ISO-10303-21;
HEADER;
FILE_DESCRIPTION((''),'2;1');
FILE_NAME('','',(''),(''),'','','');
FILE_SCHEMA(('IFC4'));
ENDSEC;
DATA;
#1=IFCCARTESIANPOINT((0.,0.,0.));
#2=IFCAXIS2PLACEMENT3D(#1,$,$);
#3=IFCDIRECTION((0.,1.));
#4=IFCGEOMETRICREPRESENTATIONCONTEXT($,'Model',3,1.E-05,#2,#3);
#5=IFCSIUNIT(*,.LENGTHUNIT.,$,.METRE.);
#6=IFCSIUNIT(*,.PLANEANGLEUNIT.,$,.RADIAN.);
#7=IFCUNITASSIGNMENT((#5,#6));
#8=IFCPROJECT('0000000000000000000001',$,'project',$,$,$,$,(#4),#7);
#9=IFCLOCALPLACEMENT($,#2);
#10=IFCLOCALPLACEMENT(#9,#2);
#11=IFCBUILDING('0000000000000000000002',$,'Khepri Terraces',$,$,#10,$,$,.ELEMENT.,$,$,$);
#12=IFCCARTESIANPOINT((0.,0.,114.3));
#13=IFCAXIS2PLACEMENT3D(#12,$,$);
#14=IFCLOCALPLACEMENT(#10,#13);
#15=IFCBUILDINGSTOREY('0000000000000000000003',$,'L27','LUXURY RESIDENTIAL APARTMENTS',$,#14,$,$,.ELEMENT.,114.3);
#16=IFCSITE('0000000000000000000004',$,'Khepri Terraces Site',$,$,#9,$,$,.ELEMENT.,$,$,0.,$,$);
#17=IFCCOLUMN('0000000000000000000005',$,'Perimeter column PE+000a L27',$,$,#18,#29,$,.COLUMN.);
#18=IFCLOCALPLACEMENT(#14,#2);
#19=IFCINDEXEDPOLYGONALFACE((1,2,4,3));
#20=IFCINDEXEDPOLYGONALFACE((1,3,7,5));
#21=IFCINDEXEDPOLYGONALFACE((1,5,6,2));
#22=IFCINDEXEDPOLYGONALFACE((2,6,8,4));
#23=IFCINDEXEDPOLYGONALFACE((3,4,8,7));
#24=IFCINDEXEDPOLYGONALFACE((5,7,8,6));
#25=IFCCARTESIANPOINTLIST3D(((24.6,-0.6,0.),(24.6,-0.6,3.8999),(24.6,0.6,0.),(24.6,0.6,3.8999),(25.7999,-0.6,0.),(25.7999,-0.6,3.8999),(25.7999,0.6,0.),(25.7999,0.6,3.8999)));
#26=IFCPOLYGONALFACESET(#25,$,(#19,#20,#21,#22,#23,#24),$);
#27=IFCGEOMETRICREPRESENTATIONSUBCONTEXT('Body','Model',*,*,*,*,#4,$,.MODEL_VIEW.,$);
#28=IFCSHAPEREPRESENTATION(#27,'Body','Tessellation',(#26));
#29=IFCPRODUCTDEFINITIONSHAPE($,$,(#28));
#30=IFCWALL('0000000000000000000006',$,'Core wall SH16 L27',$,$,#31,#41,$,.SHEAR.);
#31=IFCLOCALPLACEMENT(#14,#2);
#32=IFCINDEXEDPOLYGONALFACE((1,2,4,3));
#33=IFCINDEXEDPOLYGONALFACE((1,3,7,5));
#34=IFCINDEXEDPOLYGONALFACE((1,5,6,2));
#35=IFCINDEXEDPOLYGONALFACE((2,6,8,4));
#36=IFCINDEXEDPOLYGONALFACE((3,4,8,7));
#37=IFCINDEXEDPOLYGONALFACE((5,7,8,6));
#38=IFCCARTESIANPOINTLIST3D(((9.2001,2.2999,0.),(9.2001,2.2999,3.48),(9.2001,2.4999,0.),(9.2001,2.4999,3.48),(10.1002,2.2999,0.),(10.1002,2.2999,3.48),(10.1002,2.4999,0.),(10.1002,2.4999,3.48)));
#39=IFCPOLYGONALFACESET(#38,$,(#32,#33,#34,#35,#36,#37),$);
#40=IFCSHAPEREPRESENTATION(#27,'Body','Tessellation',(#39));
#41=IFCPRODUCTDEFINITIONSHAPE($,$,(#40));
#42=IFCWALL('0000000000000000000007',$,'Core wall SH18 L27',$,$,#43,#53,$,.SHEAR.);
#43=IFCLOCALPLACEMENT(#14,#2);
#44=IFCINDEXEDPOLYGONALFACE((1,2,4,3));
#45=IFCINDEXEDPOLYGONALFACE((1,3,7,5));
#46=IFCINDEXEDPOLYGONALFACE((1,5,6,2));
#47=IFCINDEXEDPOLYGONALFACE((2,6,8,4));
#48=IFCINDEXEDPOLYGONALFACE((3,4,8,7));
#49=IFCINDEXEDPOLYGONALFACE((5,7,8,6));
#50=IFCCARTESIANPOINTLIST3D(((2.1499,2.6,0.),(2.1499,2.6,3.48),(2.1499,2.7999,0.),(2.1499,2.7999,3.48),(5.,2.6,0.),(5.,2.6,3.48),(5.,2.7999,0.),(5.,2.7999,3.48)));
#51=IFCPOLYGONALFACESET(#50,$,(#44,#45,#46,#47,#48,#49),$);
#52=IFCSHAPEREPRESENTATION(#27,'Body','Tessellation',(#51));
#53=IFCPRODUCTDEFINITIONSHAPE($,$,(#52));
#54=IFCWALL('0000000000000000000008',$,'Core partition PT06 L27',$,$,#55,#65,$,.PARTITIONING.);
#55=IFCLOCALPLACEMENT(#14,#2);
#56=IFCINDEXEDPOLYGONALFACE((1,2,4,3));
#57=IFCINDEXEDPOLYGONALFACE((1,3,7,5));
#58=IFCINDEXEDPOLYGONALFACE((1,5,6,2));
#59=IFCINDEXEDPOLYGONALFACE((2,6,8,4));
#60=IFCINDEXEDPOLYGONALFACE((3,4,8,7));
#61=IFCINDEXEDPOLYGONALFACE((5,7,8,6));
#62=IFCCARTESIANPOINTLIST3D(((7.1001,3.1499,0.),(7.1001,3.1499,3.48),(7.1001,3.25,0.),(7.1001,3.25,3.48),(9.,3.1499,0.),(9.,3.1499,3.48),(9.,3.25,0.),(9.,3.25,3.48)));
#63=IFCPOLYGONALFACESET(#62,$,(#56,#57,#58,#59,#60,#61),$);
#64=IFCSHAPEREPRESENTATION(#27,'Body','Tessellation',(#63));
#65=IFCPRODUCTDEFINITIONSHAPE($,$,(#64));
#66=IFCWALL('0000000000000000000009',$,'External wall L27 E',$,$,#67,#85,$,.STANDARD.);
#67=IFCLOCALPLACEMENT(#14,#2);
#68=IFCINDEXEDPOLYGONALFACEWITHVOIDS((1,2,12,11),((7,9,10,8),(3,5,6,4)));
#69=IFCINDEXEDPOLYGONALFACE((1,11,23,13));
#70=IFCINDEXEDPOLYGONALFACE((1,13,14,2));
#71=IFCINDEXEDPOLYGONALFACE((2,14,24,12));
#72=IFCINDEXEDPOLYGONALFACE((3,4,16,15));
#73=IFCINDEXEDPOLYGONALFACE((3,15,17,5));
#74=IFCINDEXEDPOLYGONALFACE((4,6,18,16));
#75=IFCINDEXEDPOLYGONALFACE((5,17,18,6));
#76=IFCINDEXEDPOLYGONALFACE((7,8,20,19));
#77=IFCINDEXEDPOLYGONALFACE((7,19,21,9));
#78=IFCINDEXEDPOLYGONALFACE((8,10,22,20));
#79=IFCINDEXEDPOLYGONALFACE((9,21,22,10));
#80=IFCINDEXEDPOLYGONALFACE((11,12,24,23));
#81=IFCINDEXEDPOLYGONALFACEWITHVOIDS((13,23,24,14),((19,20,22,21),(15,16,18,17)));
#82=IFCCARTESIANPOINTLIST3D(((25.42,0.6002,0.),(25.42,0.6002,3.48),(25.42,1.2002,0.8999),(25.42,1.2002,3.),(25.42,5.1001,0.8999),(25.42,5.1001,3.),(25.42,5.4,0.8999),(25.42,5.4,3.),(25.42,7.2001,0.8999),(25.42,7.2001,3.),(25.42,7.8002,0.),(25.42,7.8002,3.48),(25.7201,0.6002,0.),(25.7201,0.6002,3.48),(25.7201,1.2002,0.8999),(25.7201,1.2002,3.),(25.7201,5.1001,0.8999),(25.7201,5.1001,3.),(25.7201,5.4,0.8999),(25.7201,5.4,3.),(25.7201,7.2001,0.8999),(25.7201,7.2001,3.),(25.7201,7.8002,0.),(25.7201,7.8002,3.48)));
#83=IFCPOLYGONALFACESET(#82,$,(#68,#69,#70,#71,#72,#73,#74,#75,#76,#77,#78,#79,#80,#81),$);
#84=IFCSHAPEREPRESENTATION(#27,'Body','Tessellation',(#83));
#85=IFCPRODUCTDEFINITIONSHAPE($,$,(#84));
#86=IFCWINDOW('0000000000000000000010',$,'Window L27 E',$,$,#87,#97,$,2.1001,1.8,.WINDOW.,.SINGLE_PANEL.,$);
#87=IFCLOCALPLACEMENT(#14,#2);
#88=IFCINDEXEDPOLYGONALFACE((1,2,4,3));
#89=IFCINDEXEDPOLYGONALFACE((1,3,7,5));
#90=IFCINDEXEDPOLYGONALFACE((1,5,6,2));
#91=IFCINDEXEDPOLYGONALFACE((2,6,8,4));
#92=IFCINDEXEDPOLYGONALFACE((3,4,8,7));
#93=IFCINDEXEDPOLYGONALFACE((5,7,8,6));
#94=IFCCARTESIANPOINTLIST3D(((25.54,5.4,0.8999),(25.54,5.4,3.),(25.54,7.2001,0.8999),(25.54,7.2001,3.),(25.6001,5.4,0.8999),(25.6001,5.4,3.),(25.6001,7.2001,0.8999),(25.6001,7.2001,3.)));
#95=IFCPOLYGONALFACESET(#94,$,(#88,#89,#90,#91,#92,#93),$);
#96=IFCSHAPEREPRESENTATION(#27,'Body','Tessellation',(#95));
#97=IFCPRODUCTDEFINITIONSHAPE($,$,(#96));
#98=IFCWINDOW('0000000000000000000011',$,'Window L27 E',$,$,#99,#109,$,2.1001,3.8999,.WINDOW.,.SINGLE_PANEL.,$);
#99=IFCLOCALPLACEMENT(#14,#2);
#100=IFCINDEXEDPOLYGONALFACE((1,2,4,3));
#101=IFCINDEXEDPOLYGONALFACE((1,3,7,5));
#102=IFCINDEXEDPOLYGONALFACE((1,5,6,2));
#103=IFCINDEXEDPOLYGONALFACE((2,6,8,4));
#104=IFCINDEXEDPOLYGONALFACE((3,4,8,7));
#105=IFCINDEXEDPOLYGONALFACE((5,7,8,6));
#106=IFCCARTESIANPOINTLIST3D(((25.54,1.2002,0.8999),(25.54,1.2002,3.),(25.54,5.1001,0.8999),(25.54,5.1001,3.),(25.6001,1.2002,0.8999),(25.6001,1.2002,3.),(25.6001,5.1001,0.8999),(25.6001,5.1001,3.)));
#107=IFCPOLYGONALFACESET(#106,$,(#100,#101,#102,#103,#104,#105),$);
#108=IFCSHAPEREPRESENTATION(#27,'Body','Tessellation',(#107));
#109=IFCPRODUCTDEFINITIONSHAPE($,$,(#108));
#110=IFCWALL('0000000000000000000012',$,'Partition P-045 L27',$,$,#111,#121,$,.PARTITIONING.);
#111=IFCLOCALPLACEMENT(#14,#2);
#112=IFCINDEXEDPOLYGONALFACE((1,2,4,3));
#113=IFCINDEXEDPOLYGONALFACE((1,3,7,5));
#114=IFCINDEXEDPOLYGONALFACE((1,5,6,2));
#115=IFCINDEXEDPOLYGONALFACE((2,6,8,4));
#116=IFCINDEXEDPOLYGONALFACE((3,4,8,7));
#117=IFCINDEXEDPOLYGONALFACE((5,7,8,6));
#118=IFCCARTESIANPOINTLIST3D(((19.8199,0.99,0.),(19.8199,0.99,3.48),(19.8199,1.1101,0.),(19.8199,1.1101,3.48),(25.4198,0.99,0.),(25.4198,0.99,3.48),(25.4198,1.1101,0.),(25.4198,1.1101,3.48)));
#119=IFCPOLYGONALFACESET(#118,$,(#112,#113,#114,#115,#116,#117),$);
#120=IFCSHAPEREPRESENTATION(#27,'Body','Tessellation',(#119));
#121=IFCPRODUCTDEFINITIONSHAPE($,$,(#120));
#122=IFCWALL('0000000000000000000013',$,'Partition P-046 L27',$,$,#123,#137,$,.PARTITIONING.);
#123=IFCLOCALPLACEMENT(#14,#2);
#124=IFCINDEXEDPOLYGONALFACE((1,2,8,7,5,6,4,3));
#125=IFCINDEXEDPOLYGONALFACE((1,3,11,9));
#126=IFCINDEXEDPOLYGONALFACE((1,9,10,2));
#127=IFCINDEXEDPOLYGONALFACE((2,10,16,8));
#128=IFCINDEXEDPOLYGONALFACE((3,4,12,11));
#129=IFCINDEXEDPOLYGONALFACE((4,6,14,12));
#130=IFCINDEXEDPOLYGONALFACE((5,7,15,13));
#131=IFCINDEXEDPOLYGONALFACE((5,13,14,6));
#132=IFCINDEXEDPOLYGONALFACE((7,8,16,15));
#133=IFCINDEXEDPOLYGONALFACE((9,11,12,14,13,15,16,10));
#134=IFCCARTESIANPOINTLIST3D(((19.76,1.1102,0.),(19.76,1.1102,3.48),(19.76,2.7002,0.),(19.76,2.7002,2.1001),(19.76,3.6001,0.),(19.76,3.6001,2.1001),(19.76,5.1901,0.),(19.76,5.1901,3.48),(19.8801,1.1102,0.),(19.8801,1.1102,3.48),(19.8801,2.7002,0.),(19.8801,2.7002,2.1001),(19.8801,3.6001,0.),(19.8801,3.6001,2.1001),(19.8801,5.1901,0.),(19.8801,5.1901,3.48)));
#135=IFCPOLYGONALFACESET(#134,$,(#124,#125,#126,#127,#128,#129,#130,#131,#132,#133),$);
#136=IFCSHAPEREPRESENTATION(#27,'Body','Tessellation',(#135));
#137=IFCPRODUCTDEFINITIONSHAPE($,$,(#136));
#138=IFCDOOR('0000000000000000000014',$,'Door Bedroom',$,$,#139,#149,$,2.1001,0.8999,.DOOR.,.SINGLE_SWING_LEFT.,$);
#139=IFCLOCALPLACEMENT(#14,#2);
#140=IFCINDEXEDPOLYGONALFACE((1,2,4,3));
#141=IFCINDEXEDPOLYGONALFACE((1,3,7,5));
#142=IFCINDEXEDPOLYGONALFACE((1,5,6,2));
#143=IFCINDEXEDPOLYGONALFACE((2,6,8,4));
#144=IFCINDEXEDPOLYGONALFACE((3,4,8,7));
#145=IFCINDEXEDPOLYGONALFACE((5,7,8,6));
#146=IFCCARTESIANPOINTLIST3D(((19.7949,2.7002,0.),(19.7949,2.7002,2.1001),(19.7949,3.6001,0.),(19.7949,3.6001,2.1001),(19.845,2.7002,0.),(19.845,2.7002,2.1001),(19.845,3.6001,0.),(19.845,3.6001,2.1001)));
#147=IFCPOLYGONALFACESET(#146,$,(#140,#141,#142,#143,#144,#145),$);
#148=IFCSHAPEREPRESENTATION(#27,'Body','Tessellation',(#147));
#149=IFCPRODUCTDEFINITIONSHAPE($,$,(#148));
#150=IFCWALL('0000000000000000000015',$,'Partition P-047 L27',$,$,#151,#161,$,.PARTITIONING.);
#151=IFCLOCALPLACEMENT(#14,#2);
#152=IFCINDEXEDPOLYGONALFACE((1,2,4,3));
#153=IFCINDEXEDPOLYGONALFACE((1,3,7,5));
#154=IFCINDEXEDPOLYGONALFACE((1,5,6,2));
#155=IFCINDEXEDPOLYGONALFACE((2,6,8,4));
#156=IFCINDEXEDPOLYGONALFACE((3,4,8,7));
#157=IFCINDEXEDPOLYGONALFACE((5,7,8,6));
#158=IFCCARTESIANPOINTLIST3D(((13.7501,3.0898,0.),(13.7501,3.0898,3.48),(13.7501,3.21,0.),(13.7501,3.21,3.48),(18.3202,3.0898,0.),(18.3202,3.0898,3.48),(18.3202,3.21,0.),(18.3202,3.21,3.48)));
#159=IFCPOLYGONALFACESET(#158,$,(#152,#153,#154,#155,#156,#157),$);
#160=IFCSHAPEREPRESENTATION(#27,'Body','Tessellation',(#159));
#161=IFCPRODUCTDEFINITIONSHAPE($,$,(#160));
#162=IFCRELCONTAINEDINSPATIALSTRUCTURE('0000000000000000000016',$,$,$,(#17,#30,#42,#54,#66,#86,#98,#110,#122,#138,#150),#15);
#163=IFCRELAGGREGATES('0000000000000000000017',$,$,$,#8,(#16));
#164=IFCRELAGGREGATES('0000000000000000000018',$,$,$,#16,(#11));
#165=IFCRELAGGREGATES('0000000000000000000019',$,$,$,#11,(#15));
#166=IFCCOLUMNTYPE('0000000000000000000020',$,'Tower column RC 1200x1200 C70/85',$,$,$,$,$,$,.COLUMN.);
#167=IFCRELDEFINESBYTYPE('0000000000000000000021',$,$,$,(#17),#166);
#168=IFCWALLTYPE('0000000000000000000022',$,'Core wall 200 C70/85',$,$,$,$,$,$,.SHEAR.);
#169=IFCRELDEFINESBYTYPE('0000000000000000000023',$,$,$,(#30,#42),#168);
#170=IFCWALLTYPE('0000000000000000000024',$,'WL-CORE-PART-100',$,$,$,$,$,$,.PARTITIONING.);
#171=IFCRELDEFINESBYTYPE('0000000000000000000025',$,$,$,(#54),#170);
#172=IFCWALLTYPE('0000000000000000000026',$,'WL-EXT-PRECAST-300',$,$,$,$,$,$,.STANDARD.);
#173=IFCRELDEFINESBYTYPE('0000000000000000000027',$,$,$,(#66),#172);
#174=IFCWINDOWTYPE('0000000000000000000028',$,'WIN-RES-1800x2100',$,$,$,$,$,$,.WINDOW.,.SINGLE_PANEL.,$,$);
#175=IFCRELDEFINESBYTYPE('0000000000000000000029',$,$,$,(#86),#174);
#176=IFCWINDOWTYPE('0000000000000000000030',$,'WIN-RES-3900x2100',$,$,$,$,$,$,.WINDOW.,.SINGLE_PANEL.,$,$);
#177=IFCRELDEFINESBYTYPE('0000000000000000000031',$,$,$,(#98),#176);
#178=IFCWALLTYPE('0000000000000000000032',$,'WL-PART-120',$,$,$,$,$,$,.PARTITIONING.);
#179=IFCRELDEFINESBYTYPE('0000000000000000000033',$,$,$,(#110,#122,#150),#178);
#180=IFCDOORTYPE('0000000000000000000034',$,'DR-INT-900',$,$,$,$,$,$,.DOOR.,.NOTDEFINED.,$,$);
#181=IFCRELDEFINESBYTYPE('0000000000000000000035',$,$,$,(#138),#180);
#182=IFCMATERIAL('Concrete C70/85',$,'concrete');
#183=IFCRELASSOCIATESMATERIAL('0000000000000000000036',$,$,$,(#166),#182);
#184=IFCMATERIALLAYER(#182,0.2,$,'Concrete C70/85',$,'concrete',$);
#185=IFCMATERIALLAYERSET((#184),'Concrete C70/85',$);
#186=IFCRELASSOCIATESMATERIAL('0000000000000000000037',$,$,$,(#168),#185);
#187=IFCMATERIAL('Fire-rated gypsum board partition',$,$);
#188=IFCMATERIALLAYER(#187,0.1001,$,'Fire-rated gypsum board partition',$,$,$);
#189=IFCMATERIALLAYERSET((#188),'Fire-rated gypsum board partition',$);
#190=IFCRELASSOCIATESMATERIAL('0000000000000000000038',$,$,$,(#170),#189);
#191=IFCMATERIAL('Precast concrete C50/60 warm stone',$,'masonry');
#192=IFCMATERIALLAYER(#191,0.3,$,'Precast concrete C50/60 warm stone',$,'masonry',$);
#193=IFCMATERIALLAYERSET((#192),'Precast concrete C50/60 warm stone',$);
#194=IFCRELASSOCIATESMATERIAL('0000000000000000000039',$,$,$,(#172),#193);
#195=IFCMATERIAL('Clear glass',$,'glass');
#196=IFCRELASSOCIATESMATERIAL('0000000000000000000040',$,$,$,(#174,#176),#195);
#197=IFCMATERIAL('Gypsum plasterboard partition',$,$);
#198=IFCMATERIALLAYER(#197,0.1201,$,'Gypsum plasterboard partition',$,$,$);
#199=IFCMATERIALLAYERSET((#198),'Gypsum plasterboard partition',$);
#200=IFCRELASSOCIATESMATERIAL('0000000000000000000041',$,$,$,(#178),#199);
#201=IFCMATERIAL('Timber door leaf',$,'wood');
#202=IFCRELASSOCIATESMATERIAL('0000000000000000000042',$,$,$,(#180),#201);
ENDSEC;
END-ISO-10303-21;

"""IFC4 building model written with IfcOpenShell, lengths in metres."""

from ifc_helpers import new_model, si_unit, direction, frame, frame_2d, origin, origin_2d, place, context, subcontext, project, spatial, rectangle, extrude, material, layer, layer_set, material_profile, profile_set, type_object, element, fill, save


model = new_model("IFC4")

# Units and contexts
model_context = context("Model", 3, precision=1e-05, world=origin(), true_north=direction((0.0, 1.0)))
body_context = subcontext(model_context, "Body", "Model", "MODEL_VIEW")
ifc_project = project(units=[si_unit("LENGTHUNIT", "METRE"), si_unit("PLANEANGLEUNIT", "RADIAN")], contexts=[model_context])

# Site, building, storey
site_placement = place(None, origin())
site = spatial("IfcSite", under=ifc_project, at=site_placement, Name="Khepri Terraces Site", CompositionType="ELEMENT", RefElevation=0.0)
building_placement = place(site_placement, origin())
building = spatial("IfcBuilding", under=site, at=building_placement, Name="Khepri Terraces", CompositionType="ELEMENT")
storey_placement = place(building_placement, frame((0.0, 0.0, 114.3)))
storey = spatial("IfcBuildingStorey", under=building, at=storey_placement, Name="L27", Description="LUXURY RESIDENTIAL APARTMENTS", CompositionType="ELEMENT", Elevation=114.3)

# Column
ifc_material_1 = material(Name="Concrete C70/85", Category="concrete")
ifc_material_profile = material_profile(ifc_material_1, rectangle(XDim=1.2, YDim=1.2, at=origin_2d()), Name="Concrete C70/85", Category="concrete")
ifc_profile_set = profile_set([ifc_material_profile], Name="Concrete C70/85")
column_type = type_object("IfcColumnType", Name="Tower column RC 1200x1200 C70/85", PredefinedType="COLUMN", material=ifc_profile_set)
column_placement = place(storey_placement, frame((25.2, 0.0, 0.0), z_axis=(0.0, 0.0, 1.0), x_axis=(1.0, 0.0, 0.0)))
element("IfcColumn", 1, at=column_placement, inside=storey, type_object=column_type, Name="Perimeter column PE+000a L27", PredefinedType="COLUMN", context=body_context, shape_type="SweptSolid", body=[
    extrude(rectangle(XDim=1.2, YDim=1.2, at=origin_2d()), origin(), (0.0, 0.0, 1.0), 3.8999),
])

# Walls
ifc_layer_1 = layer(ifc_material_1, 0.2, Name="Concrete C70/85", Category="concrete")
ifc_layer_set_1 = layer_set([ifc_layer_1], Name="Concrete C70/85")
wall_type_1 = type_object("IfcWallType", Name="Core wall 200 C70/85", PredefinedType="SHEAR", material=ifc_layer_set_1)
wall_1_placement = place(storey_placement, frame((9.2, 2.3999, 0.0), z_axis=(0.0, 0.0, 1.0), x_axis=(1.0, 0.0, 0.0)))
element("IfcWall", 2, at=wall_1_placement, inside=storey, type_object=wall_type_1, Name="Core wall SH16 L27", PredefinedType="SHEAR", context=body_context, shape_type="SweptSolid", body=[
    extrude(rectangle(XDim=0.9001, YDim=0.2, at=frame_2d((0.4502, 0.0))), origin(), (0.0, 0.0, 1.0), 3.48),
])
wall_2_placement = place(storey_placement, frame((2.1499, 2.7, 0.0), z_axis=(0.0, 0.0, 1.0), x_axis=(1.0, 0.0, 0.0)))
element("IfcWall", 3, at=wall_2_placement, inside=storey, type_object=wall_type_1, Name="Core wall SH18 L27", PredefinedType="SHEAR", context=body_context, shape_type="SweptSolid", body=[
    extrude(rectangle(XDim=2.8501, YDim=0.2, at=frame_2d((1.425, 0.0))), origin(), (0.0, 0.0, 1.0), 3.48),
])
ifc_material_2 = material(Name="Fire-rated gypsum board partition")
ifc_layer_2 = layer(ifc_material_2, 0.1001, Name="Fire-rated gypsum board partition")
ifc_layer_set_2 = layer_set([ifc_layer_2], Name="Fire-rated gypsum board partition")
wall_type_2 = type_object("IfcWallType", Name="WL-CORE-PART-100", PredefinedType="PARTITIONING", material=ifc_layer_set_2)
wall_3_placement = place(storey_placement, frame((7.1001, 3.2, 0.0), z_axis=(0.0, 0.0, 1.0), x_axis=(1.0, 0.0, 0.0)))
element("IfcWall", 4, at=wall_3_placement, inside=storey, type_object=wall_type_2, Name="Core partition PT06 L27", PredefinedType="PARTITIONING", context=body_context, shape_type="SweptSolid", body=[
    extrude(rectangle(XDim=1.8999, YDim=0.1001, at=frame_2d((0.95, 0.0))), origin(), (0.0, 0.0, 1.0), 3.48),
])

# Wall, openings, windows
ifc_material_3 = material(Name="Precast concrete C50/60 warm stone", Category="masonry")
ifc_layer_3 = layer(ifc_material_3, 0.3, Name="Precast concrete C50/60 warm stone", Category="masonry")
ifc_layer_set_3 = layer_set([ifc_layer_3], Name="Precast concrete C50/60 warm stone")
wall_type_3 = type_object("IfcWallType", Name="WL-EXT-PRECAST-300", PredefinedType="STANDARD", material=ifc_layer_set_3)
wall_4_placement = place(storey_placement, frame((25.5701, 0.6001, 0.0), z_axis=(0.0, 0.0, 1.0), x_axis=(0.0, 1.0, 0.0)))
wall_4 = element("IfcWall", 5, at=wall_4_placement, inside=storey, type_object=wall_type_3, Name="External wall L27 E", PredefinedType="STANDARD", context=body_context, shape_type="SweptSolid", body=[
    extrude(rectangle(XDim=7.2, YDim=0.3, at=frame_2d((3.6001, 0.0))), origin(), (0.0, 0.0, 1.0), 3.48),
])
opening_1_placement = place(wall_4_placement, frame((0.6001, 0.0, 0.8999)))
opening_1 = element("IfcOpeningElement", 6, at=opening_1_placement, cuts=wall_4, PredefinedType="OPENING", context=body_context, shape_type="SweptSolid", body=[
    extrude(rectangle(XDim=3.8999, YDim=2.1001, at=frame_2d((1.95, 1.05))), frame((0.0, 0.1602, 0.0), z_axis=(0.0, -1.0, 0.0), x_axis=(1.0, 0.0, 0.0)), (0.0, 0.0, 1.0), 0.3201),
])
opening_2_placement = place(wall_4_placement, frame((4.8, 0.0, 0.8999)))
opening_2 = element("IfcOpeningElement", 7, at=opening_2_placement, cuts=wall_4, PredefinedType="OPENING", context=body_context, shape_type="SweptSolid", body=[
    extrude(rectangle(XDim=1.8, YDim=2.1001, at=frame_2d((0.8999, 1.05))), frame((0.0, 0.1602, 0.0), z_axis=(0.0, -1.0, 0.0), x_axis=(1.0, 0.0, 0.0)), (0.0, 0.0, 1.0), 0.3201),
])
ifc_material_4 = material(Name="Clear glass", Category="glass")
window_type_1 = type_object("IfcWindowType", Name="WIN-RES-1800x2100", PartitioningType="SINGLE_PANEL", PredefinedType="WINDOW", material=ifc_material_4)
window_1_placement = place(opening_2_placement, origin())
window_1 = element("IfcWindow", 8, at=window_1_placement, inside=storey, type_object=window_type_1, Name="Window L27 E", OverallHeight=2.1001, OverallWidth=1.8, PartitioningType="SINGLE_PANEL", PredefinedType="WINDOW", context=body_context, shape_type="SweptSolid", body=[
    extrude(rectangle(XDim=1.8, YDim=2.1001, at=frame_2d((0.8999, 1.05))), frame((0.0, 0.03, 0.0), z_axis=(0.0, -1.0, 0.0), x_axis=(1.0, 0.0, 0.0)), (0.0, 0.0, 1.0), 0.0601),
])
fill(opening_2, window_1)
window_type_2 = type_object("IfcWindowType", Name="WIN-RES-3900x2100", PartitioningType="SINGLE_PANEL", PredefinedType="WINDOW", material=ifc_material_4)
window_2_placement = place(opening_1_placement, origin())
window_2 = element("IfcWindow", 9, at=window_2_placement, inside=storey, type_object=window_type_2, Name="Window L27 E", OverallHeight=2.1001, OverallWidth=3.8999, PartitioningType="SINGLE_PANEL", PredefinedType="WINDOW", context=body_context, shape_type="SweptSolid", body=[
    extrude(rectangle(XDim=3.8999, YDim=2.1001, at=frame_2d((1.95, 1.05))), frame((0.0, 0.03, 0.0), z_axis=(0.0, -1.0, 0.0), x_axis=(1.0, 0.0, 0.0)), (0.0, 0.0, 1.0), 0.0601),
])
fill(opening_1, window_2)

# Wall
ifc_material_5 = material(Name="Gypsum plasterboard partition")
ifc_layer_4 = layer(ifc_material_5, 0.1201, Name="Gypsum plasterboard partition")
ifc_layer_set_4 = layer_set([ifc_layer_4], Name="Gypsum plasterboard partition")
wall_type_4 = type_object("IfcWallType", Name="WL-PART-120", PredefinedType="PARTITIONING", material=ifc_layer_set_4)
wall_5_placement = place(storey_placement, frame((19.8201, 1.05, 0.0), z_axis=(0.0, 0.0, 1.0), x_axis=(1.0, 0.0, 0.0)))
element("IfcWall", 10, at=wall_5_placement, inside=storey, type_object=wall_type_4, Name="Partition P-045 L27", PredefinedType="PARTITIONING", context=body_context, shape_type="SweptSolid", body=[
    extrude(rectangle(XDim=5.5999, YDim=0.1201, at=frame_2d((2.7998, 0.0))), origin(), (0.0, 0.0, 1.0), 3.48),
])

# Wall, opening, door
wall_6_placement = place(storey_placement, frame((19.8201, 1.1101, 0.0), z_axis=(0.0, 0.0, 1.0), x_axis=(0.0, 1.0, 0.0)))
wall_6 = element("IfcWall", 11, at=wall_6_placement, inside=storey, type_object=wall_type_4, Name="Partition P-046 L27", PredefinedType="PARTITIONING", context=body_context, shape_type="SweptSolid", body=[
    extrude(rectangle(XDim=4.0798, YDim=0.1201, at=frame_2d((2.04, 0.0))), origin(), (0.0, 0.0, 1.0), 3.48),
])
opening_3_placement = place(wall_6_placement, frame((1.5901, 0.0, 0.0)))
opening_3 = element("IfcOpeningElement", 12, at=opening_3_placement, cuts=wall_6, PredefinedType="OPENING", context=body_context, shape_type="SweptSolid", body=[
    extrude(rectangle(XDim=0.8999, YDim=2.1001, at=frame_2d((0.45, 1.05))), frame((0.0, 0.0701, 0.0), z_axis=(0.0, -1.0, 0.0), x_axis=(1.0, 0.0, 0.0)), (0.0, 0.0, 1.0), 0.1401),
])
ifc_material_6 = material(Name="Timber door leaf", Category="wood")
door_type_1 = type_object("IfcDoorType", Name="DR-INT-900", OperationType="NOTDEFINED", PredefinedType="DOOR", material=ifc_material_6)
door_1_placement = place(opening_3_placement, frame((0.8999, 0.0, 0.0), z_axis=(0.0, 0.0, 1.0), x_axis=(-1.0, 0.0, 0.0)))
door_1 = element("IfcDoor", 13, at=door_1_placement, inside=storey, type_object=door_type_1, Name="Door Bedroom", OperationType="SINGLE_SWING_LEFT", OverallHeight=2.1001, OverallWidth=0.8999, PredefinedType="DOOR", context=body_context, shape_type="SweptSolid", body=[
    extrude(rectangle(XDim=0.8999, YDim=2.1001, at=frame_2d((0.45, 1.05))), frame((0.0, 0.0249, 0.0), z_axis=(0.0, -1.0, 0.0), x_axis=(1.0, 0.0, 0.0)), (0.0, 0.0, 1.0), 0.05),
])
fill(opening_3, door_1)

# Wall
wall_7_placement = place(storey_placement, frame((13.75, 3.1499, 0.0), z_axis=(0.0, 0.0, 1.0), x_axis=(1.0, 0.0, 0.0)))
element("IfcWall", 14, at=wall_7_placement, inside=storey, type_object=wall_type_4, Name="Partition P-047 L27", PredefinedType="PARTITIONING", context=body_context, shape_type="SweptSolid", body=[
    extrude(rectangle(XDim=4.5701, YDim=0.1201, at=frame_2d((2.2852, 0.0))), origin(), (0.0, 0.0, 1.0), 3.48),
])

save(model, "model.ifc")
